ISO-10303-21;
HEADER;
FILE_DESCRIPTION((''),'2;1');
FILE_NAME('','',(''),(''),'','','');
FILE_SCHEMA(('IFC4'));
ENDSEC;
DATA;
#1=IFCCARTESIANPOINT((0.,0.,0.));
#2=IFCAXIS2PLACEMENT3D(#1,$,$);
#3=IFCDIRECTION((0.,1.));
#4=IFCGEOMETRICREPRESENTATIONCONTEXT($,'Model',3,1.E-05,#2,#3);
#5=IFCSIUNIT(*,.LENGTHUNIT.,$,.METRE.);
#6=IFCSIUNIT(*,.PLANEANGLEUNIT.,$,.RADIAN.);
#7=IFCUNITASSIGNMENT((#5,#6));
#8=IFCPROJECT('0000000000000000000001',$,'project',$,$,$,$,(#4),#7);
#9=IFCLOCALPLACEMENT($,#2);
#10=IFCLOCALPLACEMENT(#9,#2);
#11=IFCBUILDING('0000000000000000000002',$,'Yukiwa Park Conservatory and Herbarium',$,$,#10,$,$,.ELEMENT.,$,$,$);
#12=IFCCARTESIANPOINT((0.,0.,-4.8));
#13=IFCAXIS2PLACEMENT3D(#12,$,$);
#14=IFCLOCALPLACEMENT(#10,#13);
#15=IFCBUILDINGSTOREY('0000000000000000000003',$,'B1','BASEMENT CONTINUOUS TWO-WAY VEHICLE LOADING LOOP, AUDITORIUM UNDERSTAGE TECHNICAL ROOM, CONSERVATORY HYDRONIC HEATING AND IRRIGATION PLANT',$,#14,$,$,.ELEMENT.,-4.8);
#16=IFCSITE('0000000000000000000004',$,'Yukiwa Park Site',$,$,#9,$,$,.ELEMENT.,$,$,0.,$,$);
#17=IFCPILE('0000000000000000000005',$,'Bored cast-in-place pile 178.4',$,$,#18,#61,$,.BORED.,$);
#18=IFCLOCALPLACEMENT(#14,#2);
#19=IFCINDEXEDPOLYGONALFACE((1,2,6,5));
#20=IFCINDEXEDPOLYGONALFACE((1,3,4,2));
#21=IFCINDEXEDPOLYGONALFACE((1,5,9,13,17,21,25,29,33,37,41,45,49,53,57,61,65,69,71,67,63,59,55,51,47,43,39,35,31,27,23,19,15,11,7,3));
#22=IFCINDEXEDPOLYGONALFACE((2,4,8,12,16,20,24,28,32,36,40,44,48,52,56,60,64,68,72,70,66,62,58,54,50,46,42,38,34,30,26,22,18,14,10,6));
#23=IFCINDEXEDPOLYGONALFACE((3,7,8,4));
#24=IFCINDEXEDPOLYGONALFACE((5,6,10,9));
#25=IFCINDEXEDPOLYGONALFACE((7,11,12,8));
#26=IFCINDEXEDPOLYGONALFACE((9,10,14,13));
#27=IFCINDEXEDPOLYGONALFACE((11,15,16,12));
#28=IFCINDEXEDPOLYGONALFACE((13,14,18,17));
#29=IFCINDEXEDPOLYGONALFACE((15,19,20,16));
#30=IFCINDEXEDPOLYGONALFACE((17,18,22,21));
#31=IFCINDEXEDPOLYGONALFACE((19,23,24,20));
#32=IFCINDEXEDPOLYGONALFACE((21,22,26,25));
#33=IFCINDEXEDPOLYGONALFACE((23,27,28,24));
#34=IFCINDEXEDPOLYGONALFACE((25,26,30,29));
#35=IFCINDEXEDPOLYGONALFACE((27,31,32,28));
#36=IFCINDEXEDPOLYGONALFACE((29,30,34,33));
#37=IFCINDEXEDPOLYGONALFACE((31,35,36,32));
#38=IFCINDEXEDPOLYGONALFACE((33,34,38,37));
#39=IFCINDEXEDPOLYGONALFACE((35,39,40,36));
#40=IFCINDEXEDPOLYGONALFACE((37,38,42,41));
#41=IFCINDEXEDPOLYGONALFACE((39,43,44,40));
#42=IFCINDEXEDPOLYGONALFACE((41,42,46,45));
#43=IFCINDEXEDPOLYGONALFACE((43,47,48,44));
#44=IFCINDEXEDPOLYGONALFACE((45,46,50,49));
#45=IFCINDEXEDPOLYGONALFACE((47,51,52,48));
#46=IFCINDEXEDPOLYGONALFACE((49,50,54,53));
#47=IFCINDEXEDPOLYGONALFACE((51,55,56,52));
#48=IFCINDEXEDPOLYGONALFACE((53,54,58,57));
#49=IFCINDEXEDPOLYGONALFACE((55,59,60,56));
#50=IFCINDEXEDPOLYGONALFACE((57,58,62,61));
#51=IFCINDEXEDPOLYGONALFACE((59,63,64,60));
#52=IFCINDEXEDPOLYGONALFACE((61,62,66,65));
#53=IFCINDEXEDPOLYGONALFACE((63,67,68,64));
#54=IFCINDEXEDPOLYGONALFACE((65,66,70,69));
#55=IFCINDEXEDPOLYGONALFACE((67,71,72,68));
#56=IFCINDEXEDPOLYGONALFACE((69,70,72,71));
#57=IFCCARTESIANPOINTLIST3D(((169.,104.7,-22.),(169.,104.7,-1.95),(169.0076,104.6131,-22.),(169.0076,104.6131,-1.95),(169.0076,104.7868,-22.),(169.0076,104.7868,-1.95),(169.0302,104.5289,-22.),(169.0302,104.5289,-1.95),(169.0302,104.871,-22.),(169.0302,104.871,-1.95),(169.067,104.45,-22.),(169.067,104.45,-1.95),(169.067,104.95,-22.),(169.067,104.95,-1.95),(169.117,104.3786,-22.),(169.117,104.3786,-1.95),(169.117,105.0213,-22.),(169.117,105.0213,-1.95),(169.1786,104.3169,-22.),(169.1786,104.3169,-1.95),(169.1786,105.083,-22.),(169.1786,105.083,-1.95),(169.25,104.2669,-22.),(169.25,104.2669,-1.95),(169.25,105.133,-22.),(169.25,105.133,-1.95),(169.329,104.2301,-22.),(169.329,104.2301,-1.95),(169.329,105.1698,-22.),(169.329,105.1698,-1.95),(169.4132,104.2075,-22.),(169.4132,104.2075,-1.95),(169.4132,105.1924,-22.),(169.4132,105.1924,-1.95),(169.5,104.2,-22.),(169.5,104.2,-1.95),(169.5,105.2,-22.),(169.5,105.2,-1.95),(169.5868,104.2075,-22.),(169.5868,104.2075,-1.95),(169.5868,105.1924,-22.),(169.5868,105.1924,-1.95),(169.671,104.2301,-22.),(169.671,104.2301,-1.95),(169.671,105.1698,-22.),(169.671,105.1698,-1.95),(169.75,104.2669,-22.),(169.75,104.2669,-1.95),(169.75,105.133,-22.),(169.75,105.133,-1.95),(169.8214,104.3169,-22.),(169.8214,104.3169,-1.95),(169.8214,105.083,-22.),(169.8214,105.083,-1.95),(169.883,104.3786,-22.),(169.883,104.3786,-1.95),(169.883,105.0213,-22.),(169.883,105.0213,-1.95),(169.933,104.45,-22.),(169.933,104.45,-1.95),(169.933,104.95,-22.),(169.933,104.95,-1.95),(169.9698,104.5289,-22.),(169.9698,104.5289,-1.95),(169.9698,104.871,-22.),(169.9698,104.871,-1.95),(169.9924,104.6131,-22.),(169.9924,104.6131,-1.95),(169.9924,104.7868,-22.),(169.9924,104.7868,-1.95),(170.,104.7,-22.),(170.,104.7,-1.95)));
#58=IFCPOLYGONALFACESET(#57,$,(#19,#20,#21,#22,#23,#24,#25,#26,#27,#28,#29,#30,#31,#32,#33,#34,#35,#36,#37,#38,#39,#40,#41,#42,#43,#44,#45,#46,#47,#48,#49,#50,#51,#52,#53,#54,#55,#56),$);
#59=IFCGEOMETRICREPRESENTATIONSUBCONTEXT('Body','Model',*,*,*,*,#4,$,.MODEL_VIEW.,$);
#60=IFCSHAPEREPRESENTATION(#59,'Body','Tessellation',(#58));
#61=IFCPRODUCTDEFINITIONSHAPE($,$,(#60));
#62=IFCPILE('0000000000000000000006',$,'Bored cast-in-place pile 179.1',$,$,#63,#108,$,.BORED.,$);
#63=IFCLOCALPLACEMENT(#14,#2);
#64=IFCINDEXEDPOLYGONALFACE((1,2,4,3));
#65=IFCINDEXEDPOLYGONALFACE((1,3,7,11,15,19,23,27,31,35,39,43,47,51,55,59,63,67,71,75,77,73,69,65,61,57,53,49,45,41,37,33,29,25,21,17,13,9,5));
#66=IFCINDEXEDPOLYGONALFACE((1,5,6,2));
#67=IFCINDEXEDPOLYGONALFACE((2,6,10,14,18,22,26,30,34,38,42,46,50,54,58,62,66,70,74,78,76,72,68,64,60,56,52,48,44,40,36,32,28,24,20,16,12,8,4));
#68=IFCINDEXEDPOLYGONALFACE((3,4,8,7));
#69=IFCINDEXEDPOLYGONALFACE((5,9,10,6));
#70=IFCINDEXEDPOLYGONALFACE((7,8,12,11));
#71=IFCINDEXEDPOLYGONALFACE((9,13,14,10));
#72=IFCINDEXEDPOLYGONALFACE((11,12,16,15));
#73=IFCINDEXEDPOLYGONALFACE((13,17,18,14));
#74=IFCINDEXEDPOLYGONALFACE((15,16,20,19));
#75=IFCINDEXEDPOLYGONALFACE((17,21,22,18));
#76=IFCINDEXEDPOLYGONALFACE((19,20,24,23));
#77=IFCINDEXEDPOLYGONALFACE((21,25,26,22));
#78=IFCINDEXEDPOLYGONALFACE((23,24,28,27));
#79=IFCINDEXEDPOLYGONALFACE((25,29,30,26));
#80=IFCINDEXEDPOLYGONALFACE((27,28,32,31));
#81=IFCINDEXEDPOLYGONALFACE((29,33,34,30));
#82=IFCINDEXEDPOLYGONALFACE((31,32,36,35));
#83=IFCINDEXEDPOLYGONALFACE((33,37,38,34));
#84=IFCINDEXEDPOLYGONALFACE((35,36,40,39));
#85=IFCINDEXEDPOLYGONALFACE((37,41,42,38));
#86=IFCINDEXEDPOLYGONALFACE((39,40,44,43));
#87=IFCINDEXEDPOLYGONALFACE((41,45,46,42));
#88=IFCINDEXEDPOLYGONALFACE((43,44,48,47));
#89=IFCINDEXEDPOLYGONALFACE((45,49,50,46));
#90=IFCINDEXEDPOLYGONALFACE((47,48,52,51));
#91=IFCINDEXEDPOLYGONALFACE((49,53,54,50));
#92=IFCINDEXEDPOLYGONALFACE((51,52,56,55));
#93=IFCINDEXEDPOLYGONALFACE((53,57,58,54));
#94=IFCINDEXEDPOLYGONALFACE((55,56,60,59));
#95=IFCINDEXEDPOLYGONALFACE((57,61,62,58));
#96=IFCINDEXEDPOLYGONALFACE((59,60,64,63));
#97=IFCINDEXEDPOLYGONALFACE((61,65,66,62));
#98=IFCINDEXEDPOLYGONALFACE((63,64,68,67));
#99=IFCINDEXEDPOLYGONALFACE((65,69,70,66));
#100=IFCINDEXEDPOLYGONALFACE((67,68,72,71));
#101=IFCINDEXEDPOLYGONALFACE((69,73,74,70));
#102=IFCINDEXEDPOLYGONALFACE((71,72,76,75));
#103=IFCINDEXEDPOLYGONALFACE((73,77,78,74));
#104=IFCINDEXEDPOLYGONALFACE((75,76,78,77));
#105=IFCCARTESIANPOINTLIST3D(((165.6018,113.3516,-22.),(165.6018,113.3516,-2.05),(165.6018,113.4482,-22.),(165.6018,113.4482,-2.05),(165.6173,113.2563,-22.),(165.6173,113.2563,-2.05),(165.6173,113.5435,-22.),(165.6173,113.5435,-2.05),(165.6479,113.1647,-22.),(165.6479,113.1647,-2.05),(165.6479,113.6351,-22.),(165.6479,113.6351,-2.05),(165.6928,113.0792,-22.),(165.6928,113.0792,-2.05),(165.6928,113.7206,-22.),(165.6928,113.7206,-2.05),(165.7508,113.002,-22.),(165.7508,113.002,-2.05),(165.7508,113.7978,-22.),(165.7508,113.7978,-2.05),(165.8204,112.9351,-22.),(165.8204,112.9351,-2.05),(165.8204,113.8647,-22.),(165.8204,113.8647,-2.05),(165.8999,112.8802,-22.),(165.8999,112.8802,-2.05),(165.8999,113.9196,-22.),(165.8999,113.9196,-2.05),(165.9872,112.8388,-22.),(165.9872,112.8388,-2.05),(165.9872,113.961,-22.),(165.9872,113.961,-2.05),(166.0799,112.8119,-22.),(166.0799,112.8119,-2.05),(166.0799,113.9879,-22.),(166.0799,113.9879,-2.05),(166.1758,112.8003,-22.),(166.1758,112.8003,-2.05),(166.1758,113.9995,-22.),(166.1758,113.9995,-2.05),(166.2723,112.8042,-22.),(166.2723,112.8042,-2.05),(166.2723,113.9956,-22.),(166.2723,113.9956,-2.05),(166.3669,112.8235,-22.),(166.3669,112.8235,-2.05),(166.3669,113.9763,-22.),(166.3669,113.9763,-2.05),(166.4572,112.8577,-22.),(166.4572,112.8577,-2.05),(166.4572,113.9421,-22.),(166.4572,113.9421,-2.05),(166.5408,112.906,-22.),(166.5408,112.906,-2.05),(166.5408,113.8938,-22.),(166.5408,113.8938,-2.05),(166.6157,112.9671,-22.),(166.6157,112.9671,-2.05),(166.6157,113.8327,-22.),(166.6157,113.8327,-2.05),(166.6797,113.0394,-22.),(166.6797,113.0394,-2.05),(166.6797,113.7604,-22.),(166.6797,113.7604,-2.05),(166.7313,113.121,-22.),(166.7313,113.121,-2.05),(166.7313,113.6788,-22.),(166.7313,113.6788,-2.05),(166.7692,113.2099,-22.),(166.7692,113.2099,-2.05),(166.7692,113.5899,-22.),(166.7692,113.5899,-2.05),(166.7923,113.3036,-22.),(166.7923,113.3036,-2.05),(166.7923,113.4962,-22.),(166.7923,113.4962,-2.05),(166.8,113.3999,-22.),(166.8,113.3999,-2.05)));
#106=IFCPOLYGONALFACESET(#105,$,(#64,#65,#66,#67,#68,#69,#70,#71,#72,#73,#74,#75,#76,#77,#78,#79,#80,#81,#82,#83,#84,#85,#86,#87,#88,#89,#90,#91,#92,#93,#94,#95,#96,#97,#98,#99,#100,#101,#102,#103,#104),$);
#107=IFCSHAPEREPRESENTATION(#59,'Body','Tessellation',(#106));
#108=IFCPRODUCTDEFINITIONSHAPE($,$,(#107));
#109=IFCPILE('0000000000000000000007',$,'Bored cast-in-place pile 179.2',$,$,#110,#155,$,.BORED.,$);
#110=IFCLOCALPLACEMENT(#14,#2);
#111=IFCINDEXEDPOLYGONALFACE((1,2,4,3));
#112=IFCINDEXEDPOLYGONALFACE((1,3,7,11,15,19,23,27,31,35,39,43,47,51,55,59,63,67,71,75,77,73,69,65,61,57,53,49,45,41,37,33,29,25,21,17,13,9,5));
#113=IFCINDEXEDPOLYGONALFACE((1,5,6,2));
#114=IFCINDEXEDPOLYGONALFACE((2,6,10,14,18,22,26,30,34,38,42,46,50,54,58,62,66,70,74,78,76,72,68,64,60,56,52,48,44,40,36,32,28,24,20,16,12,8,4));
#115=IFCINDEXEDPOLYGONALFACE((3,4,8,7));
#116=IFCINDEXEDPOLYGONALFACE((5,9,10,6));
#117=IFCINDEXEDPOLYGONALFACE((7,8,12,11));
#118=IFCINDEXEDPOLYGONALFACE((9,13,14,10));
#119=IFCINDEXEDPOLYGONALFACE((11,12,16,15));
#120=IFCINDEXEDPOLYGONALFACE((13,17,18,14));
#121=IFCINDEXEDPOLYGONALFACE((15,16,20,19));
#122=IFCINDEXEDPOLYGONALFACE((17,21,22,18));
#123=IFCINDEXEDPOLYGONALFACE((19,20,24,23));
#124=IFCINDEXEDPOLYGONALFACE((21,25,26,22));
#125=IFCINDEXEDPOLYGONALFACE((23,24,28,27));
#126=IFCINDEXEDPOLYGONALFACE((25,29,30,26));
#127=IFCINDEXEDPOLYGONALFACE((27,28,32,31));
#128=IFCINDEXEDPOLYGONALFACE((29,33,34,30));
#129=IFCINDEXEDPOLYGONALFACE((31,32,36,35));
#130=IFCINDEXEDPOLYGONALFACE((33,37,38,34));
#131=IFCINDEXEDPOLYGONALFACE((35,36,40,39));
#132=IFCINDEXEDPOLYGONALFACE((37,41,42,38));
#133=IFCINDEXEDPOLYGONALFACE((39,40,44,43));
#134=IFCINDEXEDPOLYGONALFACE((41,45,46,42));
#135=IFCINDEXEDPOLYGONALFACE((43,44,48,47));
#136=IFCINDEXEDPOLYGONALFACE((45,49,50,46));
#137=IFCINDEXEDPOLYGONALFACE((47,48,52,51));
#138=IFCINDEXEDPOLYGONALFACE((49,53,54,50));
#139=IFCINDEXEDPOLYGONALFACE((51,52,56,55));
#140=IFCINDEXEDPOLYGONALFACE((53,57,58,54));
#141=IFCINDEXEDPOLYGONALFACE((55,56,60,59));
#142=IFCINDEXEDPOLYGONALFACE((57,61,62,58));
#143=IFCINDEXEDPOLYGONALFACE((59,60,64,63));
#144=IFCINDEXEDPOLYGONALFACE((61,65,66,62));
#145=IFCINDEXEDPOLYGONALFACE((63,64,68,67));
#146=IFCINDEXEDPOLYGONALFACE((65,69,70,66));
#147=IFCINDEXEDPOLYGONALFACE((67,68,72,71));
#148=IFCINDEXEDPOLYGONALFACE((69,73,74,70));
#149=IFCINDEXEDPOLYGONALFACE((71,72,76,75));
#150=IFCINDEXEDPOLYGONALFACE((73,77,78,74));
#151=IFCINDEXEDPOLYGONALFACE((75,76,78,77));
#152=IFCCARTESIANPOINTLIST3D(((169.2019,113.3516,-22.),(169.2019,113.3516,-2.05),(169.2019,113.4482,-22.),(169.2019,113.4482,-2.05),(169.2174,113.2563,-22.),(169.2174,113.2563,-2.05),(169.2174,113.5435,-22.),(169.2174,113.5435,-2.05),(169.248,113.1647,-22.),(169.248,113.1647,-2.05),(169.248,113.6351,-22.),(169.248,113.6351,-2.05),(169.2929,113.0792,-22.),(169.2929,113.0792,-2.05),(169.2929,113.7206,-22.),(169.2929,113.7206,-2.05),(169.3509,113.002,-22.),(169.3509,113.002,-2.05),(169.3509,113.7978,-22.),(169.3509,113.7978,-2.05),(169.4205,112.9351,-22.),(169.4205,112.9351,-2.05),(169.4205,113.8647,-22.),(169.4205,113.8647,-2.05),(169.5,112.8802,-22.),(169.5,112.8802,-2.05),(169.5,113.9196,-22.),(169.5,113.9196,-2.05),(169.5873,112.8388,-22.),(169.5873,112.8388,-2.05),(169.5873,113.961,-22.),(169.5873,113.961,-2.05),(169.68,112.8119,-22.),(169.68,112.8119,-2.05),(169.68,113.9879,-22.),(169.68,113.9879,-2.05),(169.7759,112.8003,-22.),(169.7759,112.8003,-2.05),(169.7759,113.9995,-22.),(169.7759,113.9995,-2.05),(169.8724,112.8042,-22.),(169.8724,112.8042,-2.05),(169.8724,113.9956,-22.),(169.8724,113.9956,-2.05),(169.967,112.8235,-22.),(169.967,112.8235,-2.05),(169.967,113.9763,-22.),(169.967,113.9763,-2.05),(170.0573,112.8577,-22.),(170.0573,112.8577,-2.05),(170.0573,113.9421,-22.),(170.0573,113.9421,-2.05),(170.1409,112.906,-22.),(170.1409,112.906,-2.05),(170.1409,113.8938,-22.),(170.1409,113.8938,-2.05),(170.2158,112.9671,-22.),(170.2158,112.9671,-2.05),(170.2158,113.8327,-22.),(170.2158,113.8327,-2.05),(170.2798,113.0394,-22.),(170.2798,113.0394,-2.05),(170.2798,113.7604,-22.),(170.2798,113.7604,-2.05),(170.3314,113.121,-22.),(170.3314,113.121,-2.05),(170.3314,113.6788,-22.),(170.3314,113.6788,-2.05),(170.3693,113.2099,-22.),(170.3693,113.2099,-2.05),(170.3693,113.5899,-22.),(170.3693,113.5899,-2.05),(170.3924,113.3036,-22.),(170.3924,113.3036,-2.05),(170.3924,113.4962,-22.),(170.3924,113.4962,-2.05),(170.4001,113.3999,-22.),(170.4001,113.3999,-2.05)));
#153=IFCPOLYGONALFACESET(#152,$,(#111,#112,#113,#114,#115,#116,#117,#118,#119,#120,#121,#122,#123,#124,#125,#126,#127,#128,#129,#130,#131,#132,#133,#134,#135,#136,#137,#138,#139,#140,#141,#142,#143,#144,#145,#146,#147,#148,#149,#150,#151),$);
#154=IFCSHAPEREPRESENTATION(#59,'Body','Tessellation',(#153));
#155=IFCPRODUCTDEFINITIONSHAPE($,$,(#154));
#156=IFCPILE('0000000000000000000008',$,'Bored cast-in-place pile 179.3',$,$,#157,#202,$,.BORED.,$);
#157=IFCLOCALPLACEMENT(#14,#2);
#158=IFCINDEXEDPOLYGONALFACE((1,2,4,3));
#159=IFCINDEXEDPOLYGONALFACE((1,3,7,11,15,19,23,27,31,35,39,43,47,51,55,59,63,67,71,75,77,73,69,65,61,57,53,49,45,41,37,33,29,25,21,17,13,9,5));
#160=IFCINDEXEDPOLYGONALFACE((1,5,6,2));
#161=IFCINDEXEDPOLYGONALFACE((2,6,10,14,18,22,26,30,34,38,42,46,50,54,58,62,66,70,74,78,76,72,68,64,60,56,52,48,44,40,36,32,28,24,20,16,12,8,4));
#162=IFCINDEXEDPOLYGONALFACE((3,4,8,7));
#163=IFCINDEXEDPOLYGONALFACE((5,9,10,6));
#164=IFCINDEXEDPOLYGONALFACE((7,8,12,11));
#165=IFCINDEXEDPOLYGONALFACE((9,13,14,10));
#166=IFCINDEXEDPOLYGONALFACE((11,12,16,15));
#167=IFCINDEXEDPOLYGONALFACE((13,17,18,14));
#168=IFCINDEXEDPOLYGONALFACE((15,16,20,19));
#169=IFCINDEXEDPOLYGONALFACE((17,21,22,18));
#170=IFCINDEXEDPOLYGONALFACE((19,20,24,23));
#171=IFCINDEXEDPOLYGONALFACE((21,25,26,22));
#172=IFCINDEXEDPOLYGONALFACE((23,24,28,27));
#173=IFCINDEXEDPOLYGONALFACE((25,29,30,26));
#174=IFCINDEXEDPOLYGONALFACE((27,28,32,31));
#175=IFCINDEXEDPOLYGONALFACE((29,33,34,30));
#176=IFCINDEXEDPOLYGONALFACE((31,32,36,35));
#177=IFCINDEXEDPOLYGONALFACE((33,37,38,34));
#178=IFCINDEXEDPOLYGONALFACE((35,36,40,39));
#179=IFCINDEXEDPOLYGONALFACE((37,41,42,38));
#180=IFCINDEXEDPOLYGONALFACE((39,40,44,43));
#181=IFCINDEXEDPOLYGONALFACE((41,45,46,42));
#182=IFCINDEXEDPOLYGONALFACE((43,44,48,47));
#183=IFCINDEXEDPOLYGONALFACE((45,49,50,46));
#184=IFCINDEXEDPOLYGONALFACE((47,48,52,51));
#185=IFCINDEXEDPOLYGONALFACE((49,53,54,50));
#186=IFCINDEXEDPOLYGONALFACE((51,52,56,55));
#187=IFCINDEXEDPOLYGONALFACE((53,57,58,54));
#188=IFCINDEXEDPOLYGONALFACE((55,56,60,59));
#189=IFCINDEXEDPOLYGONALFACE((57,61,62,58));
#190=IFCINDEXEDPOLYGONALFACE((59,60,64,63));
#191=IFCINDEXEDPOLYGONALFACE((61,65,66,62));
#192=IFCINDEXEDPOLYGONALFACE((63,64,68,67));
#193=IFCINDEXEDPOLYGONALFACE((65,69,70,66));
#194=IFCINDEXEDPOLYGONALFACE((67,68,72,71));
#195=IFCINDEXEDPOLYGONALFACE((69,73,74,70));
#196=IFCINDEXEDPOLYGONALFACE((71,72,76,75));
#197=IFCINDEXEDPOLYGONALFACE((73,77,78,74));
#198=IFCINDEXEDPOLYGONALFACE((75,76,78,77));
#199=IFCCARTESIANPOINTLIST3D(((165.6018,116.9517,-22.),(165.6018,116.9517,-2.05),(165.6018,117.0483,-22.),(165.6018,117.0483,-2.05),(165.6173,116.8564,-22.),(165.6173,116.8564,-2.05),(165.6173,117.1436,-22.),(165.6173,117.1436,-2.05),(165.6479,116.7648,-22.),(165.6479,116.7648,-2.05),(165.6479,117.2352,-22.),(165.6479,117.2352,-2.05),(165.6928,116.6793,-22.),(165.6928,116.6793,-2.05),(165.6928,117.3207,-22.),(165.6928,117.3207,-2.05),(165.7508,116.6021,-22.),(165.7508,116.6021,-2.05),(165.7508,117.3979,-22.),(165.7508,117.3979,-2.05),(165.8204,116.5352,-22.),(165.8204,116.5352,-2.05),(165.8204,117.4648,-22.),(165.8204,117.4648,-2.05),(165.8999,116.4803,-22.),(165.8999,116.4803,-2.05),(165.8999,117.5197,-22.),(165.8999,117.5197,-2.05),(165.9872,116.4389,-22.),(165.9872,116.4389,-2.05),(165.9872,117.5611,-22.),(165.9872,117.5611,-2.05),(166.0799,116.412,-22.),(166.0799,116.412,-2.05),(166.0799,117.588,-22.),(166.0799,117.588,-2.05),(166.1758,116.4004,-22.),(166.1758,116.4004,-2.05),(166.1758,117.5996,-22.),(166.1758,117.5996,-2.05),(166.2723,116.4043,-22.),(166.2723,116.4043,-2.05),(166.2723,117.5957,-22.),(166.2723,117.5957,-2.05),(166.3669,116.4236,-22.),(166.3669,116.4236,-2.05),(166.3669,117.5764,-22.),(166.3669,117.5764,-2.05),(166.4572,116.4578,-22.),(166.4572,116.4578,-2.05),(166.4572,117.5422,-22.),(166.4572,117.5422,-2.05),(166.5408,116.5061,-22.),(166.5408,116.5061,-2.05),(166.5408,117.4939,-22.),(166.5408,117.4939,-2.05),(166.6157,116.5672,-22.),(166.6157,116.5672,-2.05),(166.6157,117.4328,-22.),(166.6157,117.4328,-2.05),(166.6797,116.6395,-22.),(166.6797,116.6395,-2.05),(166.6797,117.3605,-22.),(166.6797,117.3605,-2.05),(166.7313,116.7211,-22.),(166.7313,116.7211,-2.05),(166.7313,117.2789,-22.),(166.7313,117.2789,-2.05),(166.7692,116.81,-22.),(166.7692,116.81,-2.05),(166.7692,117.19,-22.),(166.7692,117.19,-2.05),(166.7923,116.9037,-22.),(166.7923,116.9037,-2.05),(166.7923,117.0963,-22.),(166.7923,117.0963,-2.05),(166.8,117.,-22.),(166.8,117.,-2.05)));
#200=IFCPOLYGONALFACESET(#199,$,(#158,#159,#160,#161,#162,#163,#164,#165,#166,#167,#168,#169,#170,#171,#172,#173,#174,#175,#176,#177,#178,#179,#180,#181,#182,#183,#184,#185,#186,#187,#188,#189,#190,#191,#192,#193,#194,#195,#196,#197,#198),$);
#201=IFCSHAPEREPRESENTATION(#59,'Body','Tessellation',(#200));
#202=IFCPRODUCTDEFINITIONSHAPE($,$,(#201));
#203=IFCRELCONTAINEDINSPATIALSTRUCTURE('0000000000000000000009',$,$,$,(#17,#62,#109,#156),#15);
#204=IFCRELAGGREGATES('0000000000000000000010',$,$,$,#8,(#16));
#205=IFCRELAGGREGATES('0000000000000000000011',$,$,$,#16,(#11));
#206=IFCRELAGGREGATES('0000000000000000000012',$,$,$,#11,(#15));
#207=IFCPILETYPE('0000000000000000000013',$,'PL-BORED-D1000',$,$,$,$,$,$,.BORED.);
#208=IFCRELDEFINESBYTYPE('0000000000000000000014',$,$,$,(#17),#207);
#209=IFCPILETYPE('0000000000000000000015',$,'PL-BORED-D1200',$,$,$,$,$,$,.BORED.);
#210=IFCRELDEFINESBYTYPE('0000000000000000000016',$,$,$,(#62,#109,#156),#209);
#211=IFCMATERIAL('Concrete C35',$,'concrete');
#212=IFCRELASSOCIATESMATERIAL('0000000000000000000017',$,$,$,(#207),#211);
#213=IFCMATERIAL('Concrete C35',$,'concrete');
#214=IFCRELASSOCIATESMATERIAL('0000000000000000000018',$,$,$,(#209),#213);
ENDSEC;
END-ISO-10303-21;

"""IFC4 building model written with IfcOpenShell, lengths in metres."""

from ifc_helpers import new_model, si_unit, direction, frame, origin, origin_2d, place, context, subcontext, project, spatial, circle, extrude, material, material_profile, profile_set, type_object, element, save


model = new_model("IFC4")

# Units and contexts
model_context = context("Model", 3, precision=1e-05, world=origin(), true_north=direction((0.0, 1.0)))
body_context = subcontext(model_context, "Body", "Model", "MODEL_VIEW")
ifc_project = project(units=[si_unit("LENGTHUNIT", "METRE"), si_unit("PLANEANGLEUNIT", "RADIAN")], contexts=[model_context])

# Site, building, storey
site_placement = place(None, origin())
site = spatial("IfcSite", under=ifc_project, at=site_placement, Name="Yukiwa Park Site", CompositionType="ELEMENT", RefElevation=0.0)
building_placement = place(site_placement, origin())
building = spatial("IfcBuilding", under=site, at=building_placement, Name="Yukiwa Park Conservatory and Herbarium", CompositionType="ELEMENT")
storey_placement = place(building_placement, frame((0.0, 0.0, -4.8)))
storey = spatial("IfcBuildingStorey", under=building, at=storey_placement, Name="B1", Description="BASEMENT CONTINUOUS TWO-WAY VEHICLE LOADING LOOP, AUDITORIUM UNDERSTAGE TECHNICAL ROOM, CONSERVATORY HYDRONIC HEATING AND IRRIGATION PLANT", CompositionType="ELEMENT", Elevation=-4.8)

# Piles
ifc_material_1 = material(Name="Concrete C35", Category="concrete")
ifc_material_profile_1 = material_profile(ifc_material_1, circle(Radius=0.5, at=origin_2d()), Name="PILE D1000")
ifc_profile_set_1 = profile_set([ifc_material_profile_1], Name="Concrete C35")
pile_type_1 = type_object("IfcPileType", Name="PL-BORED-D1000", PredefinedType="BORED", material=ifc_profile_set_1)
for number, where, z_axis, x_axis, name in (
    (1, (169.5, 104.7, -1.95), (0.0, 0.0, -1.0), (1.0, 0.0, 0.0), "Bored cast-in-place pile 178.4"),
):
    element("IfcPile", number, at=place(storey_placement, frame(where, z_axis=z_axis, x_axis=x_axis)), inside=storey, type_object=pile_type_1, Name=name, PredefinedType="BORED", context=body_context, shape_type="SweptSolid", body=[
        extrude(circle(Radius=0.5, at=origin_2d()), origin(), (0.0, 0.0, 1.0), 20.05),
    ])
ifc_material_2 = material(Name="Concrete C35", Category="concrete")
ifc_material_profile_2 = material_profile(ifc_material_2, circle(Radius=0.6001, at=origin_2d()), Name="PILE D1200")
ifc_profile_set_2 = profile_set([ifc_material_profile_2], Name="Concrete C35")
pile_type_2 = type_object("IfcPileType", Name="PL-BORED-D1200", PredefinedType="BORED", material=ifc_profile_set_2)
for number, where, z_axis, x_axis, name in (
    (2, (166.2, 113.3999, -2.05), (0.0, 0.0, -1.0), (1.0, 0.0, 0.0), "Bored cast-in-place pile 179.1"),
    (3, (169.8, 113.3999, -2.05), (0.0, 0.0, -1.0), (1.0, 0.0, 0.0), "Bored cast-in-place pile 179.2"),
    (4, (166.2, 117.0, -2.05), (0.0, 0.0, -1.0), (1.0, 0.0, 0.0), "Bored cast-in-place pile 179.3"),
):
    element("IfcPile", number, at=place(storey_placement, frame(where, z_axis=z_axis, x_axis=x_axis)), inside=storey, type_object=pile_type_2, Name=name, PredefinedType="BORED", context=body_context, shape_type="SweptSolid", body=[
        extrude(circle(Radius=0.6001, at=origin_2d()), origin(), (0.0, 0.0, 1.0), 19.95),
    ])

save(model, "model.ifc")
